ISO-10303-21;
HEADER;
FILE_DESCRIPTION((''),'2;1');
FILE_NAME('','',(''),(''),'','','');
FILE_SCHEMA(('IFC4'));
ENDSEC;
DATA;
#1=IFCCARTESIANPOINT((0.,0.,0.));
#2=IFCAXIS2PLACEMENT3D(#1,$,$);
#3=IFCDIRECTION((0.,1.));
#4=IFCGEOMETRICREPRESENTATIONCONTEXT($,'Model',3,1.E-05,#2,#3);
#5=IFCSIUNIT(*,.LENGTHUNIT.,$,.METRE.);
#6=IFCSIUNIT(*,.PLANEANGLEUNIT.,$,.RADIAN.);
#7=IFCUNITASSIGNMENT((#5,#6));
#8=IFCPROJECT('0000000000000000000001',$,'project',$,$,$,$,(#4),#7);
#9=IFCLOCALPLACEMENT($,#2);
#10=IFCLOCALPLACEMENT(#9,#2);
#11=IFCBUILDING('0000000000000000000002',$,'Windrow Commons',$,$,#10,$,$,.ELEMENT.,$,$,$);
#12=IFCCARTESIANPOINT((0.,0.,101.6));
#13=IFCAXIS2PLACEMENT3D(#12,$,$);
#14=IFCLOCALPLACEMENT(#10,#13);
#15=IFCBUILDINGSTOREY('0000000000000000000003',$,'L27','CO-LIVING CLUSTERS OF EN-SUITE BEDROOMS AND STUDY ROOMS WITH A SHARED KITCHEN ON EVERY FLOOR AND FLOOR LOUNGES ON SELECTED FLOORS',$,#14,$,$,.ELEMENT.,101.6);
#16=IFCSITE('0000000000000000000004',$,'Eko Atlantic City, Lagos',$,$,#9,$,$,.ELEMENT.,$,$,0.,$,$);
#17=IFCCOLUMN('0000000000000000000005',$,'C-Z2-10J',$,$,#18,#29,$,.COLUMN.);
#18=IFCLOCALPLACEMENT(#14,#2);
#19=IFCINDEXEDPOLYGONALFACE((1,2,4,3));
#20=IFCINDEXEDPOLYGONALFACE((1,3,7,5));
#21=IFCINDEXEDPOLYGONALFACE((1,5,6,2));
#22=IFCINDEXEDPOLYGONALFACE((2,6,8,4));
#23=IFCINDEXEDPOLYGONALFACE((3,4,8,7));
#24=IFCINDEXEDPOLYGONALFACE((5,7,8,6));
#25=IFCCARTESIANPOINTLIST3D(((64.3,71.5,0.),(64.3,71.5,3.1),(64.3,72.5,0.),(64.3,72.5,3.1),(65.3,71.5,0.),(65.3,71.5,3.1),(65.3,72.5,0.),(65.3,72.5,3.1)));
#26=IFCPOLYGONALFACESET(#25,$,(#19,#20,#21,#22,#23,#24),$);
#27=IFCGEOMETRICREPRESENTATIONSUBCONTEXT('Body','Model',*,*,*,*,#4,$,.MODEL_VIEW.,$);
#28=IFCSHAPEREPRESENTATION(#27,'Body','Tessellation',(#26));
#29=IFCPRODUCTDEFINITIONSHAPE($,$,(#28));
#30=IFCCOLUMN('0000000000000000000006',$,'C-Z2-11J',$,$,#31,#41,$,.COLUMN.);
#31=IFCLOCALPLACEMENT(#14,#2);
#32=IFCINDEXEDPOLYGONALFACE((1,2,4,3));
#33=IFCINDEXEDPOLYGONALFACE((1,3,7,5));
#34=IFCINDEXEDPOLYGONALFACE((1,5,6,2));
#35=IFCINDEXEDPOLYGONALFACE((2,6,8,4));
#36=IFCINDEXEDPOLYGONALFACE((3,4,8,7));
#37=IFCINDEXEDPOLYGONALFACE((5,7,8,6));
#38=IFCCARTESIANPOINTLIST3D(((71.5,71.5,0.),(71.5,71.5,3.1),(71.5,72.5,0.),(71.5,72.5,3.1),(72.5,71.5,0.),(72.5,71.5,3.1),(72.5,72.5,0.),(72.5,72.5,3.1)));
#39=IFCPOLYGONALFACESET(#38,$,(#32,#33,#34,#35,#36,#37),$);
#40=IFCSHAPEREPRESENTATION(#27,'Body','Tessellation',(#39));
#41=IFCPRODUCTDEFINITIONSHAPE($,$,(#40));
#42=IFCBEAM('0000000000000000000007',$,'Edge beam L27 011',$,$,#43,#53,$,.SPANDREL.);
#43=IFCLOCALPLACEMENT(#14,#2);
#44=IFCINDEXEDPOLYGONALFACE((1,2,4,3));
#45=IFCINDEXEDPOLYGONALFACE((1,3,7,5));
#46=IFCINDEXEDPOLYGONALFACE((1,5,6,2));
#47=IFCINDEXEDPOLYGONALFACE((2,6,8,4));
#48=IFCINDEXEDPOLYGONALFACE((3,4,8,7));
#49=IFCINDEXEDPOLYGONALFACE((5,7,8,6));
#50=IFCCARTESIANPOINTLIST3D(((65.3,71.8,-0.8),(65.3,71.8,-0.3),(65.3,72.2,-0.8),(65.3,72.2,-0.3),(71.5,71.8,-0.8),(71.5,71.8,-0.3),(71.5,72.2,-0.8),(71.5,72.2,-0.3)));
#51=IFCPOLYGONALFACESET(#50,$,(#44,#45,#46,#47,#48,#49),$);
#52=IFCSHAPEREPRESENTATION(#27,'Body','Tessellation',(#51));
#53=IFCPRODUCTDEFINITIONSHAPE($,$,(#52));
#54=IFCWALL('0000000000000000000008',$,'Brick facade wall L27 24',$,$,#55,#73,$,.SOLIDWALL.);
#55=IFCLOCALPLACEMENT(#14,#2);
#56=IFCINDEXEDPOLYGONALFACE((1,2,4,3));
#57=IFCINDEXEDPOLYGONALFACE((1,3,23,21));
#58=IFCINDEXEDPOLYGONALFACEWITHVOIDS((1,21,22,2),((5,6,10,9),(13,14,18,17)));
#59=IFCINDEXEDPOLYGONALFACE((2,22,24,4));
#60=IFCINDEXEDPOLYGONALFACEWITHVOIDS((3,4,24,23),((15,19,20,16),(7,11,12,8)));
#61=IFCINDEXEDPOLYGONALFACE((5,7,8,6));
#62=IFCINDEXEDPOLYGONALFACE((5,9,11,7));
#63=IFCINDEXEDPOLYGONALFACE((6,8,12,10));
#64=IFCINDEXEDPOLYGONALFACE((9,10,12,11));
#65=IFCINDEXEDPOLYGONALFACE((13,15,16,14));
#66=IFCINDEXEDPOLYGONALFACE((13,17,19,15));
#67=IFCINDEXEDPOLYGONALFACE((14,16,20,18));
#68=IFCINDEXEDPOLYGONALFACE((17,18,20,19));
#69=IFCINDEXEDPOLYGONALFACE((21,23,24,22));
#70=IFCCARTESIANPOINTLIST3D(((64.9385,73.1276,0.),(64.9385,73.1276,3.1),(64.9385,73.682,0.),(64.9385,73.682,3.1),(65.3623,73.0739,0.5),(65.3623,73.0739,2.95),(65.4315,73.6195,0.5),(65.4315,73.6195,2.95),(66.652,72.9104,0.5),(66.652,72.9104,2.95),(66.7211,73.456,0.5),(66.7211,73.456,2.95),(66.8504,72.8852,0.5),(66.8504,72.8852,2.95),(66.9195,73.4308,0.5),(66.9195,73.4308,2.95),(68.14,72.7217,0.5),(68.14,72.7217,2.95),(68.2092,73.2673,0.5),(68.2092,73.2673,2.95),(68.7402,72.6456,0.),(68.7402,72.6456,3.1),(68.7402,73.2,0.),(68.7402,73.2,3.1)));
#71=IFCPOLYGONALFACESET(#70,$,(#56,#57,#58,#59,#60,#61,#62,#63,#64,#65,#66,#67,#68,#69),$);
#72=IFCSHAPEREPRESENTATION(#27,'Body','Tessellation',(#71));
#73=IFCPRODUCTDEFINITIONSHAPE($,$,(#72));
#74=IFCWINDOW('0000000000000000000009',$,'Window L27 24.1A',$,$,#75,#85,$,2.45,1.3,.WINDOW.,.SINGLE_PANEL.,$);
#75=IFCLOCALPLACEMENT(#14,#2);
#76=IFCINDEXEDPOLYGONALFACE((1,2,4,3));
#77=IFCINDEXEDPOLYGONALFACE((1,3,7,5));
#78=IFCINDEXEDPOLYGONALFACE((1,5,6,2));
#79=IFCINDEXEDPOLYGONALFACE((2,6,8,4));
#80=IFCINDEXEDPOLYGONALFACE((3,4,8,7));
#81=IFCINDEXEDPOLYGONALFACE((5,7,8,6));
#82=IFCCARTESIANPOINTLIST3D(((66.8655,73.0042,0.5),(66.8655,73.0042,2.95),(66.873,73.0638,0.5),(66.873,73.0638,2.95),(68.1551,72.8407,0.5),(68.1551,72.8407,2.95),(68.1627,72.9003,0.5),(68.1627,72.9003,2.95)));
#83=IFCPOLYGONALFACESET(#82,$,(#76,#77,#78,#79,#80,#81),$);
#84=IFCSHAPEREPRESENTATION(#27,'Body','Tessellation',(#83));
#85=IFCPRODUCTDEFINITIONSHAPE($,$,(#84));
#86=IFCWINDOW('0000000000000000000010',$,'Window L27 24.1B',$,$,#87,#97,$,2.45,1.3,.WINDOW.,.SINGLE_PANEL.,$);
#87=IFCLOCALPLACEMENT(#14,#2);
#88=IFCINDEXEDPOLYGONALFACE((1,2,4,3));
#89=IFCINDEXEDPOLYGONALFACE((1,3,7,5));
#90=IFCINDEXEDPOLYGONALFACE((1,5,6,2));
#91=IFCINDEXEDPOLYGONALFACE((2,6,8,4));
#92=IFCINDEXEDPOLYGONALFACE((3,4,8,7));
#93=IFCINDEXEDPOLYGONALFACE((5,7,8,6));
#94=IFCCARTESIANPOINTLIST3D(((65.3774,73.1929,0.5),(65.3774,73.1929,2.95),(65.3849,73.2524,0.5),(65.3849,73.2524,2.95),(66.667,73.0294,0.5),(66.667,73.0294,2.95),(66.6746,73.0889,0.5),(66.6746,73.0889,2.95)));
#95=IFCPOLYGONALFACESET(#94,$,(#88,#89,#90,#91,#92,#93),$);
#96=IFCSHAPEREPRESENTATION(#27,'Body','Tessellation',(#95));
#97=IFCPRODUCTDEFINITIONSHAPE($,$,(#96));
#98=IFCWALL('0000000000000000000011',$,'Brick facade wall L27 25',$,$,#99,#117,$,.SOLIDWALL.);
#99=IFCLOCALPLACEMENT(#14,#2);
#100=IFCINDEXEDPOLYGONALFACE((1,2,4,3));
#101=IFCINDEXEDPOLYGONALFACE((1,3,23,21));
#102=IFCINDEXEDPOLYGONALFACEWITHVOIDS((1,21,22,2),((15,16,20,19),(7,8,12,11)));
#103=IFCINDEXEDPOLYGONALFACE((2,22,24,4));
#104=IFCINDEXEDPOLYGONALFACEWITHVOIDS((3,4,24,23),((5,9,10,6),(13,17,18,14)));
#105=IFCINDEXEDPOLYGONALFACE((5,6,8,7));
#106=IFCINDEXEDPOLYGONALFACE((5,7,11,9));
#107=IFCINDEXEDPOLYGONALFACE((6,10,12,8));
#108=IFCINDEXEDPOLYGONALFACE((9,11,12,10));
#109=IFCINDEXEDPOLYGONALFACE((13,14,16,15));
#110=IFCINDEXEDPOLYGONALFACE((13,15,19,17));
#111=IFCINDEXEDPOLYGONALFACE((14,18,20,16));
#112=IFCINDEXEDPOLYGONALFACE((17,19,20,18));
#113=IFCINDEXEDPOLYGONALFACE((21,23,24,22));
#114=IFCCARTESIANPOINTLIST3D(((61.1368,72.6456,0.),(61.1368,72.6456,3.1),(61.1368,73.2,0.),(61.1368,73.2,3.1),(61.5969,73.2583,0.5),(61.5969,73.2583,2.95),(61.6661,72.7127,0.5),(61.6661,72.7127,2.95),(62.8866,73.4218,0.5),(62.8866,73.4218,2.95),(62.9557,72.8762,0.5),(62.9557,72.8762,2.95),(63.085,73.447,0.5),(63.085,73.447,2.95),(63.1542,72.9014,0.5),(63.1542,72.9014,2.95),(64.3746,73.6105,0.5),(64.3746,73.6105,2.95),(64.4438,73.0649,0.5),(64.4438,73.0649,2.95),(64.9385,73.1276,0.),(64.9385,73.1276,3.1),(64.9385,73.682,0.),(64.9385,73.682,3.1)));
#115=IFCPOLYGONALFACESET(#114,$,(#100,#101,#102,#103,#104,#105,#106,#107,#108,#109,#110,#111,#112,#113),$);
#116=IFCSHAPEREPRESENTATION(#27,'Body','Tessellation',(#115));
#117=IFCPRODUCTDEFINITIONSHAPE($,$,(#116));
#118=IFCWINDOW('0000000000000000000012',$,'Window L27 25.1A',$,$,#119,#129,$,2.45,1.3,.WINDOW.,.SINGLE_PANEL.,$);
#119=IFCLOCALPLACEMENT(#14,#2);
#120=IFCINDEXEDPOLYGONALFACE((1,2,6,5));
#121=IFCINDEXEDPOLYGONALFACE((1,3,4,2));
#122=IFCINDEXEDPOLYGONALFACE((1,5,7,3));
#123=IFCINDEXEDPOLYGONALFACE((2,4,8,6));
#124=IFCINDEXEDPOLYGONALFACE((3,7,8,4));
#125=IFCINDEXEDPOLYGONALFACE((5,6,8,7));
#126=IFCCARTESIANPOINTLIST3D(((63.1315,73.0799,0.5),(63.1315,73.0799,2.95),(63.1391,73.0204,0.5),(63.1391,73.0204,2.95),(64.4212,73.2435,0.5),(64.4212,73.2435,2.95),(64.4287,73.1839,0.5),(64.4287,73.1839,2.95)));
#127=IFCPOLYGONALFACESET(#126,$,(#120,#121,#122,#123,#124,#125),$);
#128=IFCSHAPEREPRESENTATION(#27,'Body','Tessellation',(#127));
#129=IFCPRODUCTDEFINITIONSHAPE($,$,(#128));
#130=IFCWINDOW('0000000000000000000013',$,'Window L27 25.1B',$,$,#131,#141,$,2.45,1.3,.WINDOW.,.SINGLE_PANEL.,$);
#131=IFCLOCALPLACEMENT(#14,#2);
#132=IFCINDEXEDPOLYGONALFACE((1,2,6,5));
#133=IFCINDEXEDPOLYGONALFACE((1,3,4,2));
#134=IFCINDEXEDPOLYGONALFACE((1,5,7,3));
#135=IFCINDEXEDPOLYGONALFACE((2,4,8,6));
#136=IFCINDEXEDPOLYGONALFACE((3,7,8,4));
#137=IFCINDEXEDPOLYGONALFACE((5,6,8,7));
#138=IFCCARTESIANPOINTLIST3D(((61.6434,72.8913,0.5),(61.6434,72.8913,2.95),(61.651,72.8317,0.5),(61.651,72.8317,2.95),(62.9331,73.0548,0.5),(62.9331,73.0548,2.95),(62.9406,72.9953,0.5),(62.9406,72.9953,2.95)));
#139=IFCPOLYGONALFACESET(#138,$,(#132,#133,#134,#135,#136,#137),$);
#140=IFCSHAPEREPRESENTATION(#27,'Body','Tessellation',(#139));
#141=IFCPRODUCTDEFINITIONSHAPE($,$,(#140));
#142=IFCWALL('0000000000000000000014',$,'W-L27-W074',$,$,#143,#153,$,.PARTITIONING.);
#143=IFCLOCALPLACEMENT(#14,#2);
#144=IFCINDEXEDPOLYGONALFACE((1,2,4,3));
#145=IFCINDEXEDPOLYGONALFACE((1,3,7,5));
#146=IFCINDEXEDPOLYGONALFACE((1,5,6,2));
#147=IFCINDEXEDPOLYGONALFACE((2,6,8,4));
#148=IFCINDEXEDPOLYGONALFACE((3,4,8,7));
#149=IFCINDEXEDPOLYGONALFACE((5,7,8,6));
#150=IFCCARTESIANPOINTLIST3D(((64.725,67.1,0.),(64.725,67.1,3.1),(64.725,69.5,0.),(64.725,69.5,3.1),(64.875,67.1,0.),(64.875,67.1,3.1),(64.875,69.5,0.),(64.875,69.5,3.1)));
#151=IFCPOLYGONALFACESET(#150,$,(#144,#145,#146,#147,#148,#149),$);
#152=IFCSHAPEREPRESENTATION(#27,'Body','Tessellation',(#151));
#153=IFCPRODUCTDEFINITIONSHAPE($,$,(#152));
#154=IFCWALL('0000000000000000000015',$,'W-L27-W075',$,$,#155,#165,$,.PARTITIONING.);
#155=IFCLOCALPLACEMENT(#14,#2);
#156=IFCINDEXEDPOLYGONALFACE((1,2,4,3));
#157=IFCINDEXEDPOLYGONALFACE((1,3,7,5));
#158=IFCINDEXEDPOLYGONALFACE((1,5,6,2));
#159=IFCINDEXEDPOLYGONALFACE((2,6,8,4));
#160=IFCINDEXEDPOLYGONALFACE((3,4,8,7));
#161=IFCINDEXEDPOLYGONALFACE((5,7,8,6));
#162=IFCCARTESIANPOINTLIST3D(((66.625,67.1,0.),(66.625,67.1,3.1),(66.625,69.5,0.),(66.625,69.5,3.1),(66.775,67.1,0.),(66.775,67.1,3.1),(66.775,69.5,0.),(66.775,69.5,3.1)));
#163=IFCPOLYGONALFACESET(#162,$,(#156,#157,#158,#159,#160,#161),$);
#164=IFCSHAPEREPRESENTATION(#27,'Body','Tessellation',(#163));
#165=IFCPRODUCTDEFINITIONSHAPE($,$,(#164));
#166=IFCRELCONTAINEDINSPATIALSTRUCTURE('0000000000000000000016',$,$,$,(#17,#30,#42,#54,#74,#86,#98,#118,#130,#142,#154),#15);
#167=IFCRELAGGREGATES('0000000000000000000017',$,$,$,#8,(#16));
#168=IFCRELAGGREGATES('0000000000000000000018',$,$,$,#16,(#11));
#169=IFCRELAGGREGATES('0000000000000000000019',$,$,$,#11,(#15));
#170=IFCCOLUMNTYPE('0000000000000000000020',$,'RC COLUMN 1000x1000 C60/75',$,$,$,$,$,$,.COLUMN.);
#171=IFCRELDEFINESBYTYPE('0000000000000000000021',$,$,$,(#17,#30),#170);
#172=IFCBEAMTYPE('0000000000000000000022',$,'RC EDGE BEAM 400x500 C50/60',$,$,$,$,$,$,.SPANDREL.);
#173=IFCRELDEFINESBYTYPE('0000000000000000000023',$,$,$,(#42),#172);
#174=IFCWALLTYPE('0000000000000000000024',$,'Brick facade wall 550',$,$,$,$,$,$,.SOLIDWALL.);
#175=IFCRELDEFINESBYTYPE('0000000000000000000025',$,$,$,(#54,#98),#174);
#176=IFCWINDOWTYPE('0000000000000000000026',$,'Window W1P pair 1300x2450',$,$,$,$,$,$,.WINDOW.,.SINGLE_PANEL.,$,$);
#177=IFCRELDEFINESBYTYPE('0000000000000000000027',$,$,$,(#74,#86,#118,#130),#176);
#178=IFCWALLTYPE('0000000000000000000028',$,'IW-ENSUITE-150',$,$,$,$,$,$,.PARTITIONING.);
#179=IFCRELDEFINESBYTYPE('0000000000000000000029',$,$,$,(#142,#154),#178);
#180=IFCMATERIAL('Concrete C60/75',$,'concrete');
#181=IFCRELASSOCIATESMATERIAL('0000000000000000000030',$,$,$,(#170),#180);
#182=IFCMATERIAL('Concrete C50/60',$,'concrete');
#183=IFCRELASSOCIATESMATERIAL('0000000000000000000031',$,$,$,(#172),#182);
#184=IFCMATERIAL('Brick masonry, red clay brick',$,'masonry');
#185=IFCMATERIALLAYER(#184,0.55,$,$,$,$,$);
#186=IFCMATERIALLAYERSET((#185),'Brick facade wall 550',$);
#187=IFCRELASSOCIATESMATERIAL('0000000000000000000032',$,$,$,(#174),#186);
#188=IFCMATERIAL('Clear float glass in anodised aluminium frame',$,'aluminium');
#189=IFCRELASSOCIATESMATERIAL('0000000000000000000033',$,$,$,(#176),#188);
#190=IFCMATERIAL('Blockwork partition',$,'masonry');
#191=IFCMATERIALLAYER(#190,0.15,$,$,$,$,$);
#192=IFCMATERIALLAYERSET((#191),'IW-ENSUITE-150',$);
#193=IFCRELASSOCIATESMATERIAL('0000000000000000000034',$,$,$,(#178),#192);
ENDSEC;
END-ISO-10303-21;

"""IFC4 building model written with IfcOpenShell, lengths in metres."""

from ifc_helpers import new_model, si_unit, direction, frame, frame_2d, origin, origin_2d, place, context, subcontext, project, spatial, polyline, rectangle, outline, extrude, material, layer, layer_set, material_profile, profile_set, type_object, element, fill, save


model = new_model("IFC4")

# Units and contexts
model_context = context("Model", 3, precision=1e-05, world=origin(), true_north=direction((0.0, 1.0)))
body_context = subcontext(model_context, "Body", "Model", "MODEL_VIEW")
ifc_project = project(units=[si_unit("LENGTHUNIT", "METRE"), si_unit("PLANEANGLEUNIT", "RADIAN")], contexts=[model_context])

# Site, building, storey
site_placement = place(None, origin())
site = spatial("IfcSite", under=ifc_project, at=site_placement, Name="Eko Atlantic City, Lagos", CompositionType="ELEMENT", RefElevation=0.0)
building_placement = place(site_placement, origin())
building = spatial("IfcBuilding", under=site, at=building_placement, Name="Windrow Commons", CompositionType="ELEMENT")
storey_placement = place(building_placement, frame((0.0, 0.0, 101.6)))
storey = spatial("IfcBuildingStorey", under=building, at=storey_placement, Name="L27", Description="CO-LIVING CLUSTERS OF EN-SUITE BEDROOMS AND STUDY ROOMS WITH A SHARED KITCHEN ON EVERY FLOOR AND FLOOR LOUNGES ON SELECTED FLOORS", CompositionType="ELEMENT", Elevation=101.6)

# Columns
ifc_material_1 = material(Name="Concrete C60/75", Category="concrete")
ifc_material_profile_1 = material_profile(ifc_material_1, rectangle(XDim=1.0, YDim=1.0, at=origin_2d()))
ifc_profile_set_1 = profile_set([ifc_material_profile_1], Name="Concrete C60/75")
column_type = type_object("IfcColumnType", Name="RC COLUMN 1000x1000 C60/75", PredefinedType="COLUMN", material=ifc_profile_set_1)
for number, where, z_axis, x_axis, name in (
    (1, (64.8, 72.0, 0.0), (0.0, 0.0, 1.0), (1.0, 0.0, 0.0), "C-Z2-10J"),
    (2, (72.0, 72.0, 0.0), (0.0, 0.0, 1.0), (1.0, 0.0, 0.0), "C-Z2-11J"),
):
    element("IfcColumn", number, at=place(storey_placement, frame(where, z_axis=z_axis, x_axis=x_axis)), inside=storey, type_object=column_type, Name=name, PredefinedType="COLUMN", context=body_context, shape_type="SweptSolid", body=[
        extrude(rectangle(XDim=1.0, YDim=1.0, at=origin_2d()), origin(), (0.0, 0.0, 1.0), 3.1),
    ])

# Beam
ifc_material_2 = material(Name="Concrete C50/60", Category="concrete")
ifc_material_profile_2 = material_profile(ifc_material_2, rectangle(XDim=0.4, YDim=0.5, at=origin_2d()))
ifc_profile_set_2 = profile_set([ifc_material_profile_2], Name="Concrete C50/60")
beam_type = type_object("IfcBeamType", Name="RC EDGE BEAM 400x500 C50/60", PredefinedType="SPANDREL", material=ifc_profile_set_2)
beam_placement = place(storey_placement, frame((65.3, 72.0, -0.55), z_axis=(1.0, 0.0, 0.0), x_axis=(0.0, 1.0, 0.0)))
element("IfcBeam", 3, at=beam_placement, inside=storey, type_object=beam_type, Name="Edge beam L27 011", PredefinedType="SPANDREL", context=body_context, shape_type="SweptSolid", body=[
    extrude(rectangle(XDim=0.4, YDim=0.5, at=origin_2d()), origin(), (0.0, 0.0, 1.0), 6.2),
])

# Walls, openings, windows
ifc_material_3 = material(Name="Brick masonry, red clay brick", Category="masonry")
ifc_layer_1 = layer(ifc_material_3, 0.55)
ifc_layer_set_1 = layer_set([ifc_layer_1], Name="Brick facade wall 550")
wall_type_1 = type_object("IfcWallType", Name="Brick facade wall 550", PredefinedType="SOLIDWALL", material=ifc_layer_set_1)
wall_1_placement = place(storey_placement, frame((68.7402, 72.9228, 0.0), z_axis=(0.0, 0.0, 1.0), x_axis=(-0.992058, 0.125779, 0.0)))
wall_1 = element("IfcWall", 4, at=wall_1_placement, inside=storey, type_object=wall_type_1, Name="Brick facade wall L27 24", PredefinedType="SOLIDWALL", context=body_context, shape_type="SweptSolid", body=[
    extrude(outline(polyline([(0.0349, -0.275), (3.867, -0.275), (3.7973, 0.275), (-0.0349, 0.275), (0.0349, -0.275)])), origin(), (0.0, 0.0, 1.0), 3.1),
])
opening_1_placement = place(wall_1_placement, frame((0.5701, 0.0, 0.5)))
opening_1 = element("IfcOpeningElement", 5, at=opening_1_placement, cuts=wall_1, PredefinedType="OPENING", context=body_context, shape_type="SweptSolid", body=[
    extrude(rectangle(XDim=1.3, YDim=2.45, at=frame_2d((0.65, 1.225))), frame((0.0, 0.285, 0.0), z_axis=(0.0, -1.0, 0.0), x_axis=(1.0, 0.0, 0.0)), (0.0, 0.0, 1.0), 0.57),
])
opening_2_placement = place(wall_1_placement, frame((2.0701, 0.0, 0.5)))
opening_2 = element("IfcOpeningElement", 6, at=opening_2_placement, cuts=wall_1, PredefinedType="OPENING", context=body_context, shape_type="SweptSolid", body=[
    extrude(rectangle(XDim=1.3, YDim=2.45, at=frame_2d((0.65, 1.225))), frame((0.0, 0.285, 0.0), z_axis=(0.0, -1.0, 0.0), x_axis=(1.0, 0.0, 0.0)), (0.0, 0.0, 1.0), 0.57),
])
ifc_material_4 = material(Name="Clear float glass in anodised aluminium frame", Category="aluminium")
window_type = type_object("IfcWindowType", Name="Window W1P pair 1300x2450", PartitioningType="SINGLE_PANEL", PredefinedType="WINDOW", material=ifc_material_4)
window_1_placement = place(opening_1_placement, origin())
window_1 = element("IfcWindow", 7, at=window_1_placement, inside=storey, type_object=window_type, Name="Window L27 24.1A", OverallHeight=2.45, OverallWidth=1.3, PartitioningType="SINGLE_PANEL", PredefinedType="WINDOW", context=body_context, shape_type="SweptSolid", body=[
    extrude(rectangle(XDim=1.3, YDim=2.45, at=frame_2d((0.65, 1.225))), frame((0.0, 0.155, 0.0), z_axis=(0.0, -1.0, 0.0), x_axis=(1.0, 0.0, 0.0)), (0.0, 0.0, 1.0), 0.06),
])
fill(opening_1, window_1)
window_2_placement = place(opening_2_placement, origin())
window_2 = element("IfcWindow", 8, at=window_2_placement, inside=storey, type_object=window_type, Name="Window L27 24.1B", OverallHeight=2.45, OverallWidth=1.3, PartitioningType="SINGLE_PANEL", PredefinedType="WINDOW", context=body_context, shape_type="SweptSolid", body=[
    extrude(rectangle(XDim=1.3, YDim=2.45, at=frame_2d((0.65, 1.225))), frame((0.0, 0.155, 0.0), z_axis=(0.0, -1.0, 0.0), x_axis=(1.0, 0.0, 0.0)), (0.0, 0.0, 1.0), 0.06),
])
fill(opening_2, window_2)
wall_2_placement = place(storey_placement, frame((64.9385, 73.4048, 0.0), z_axis=(0.0, 0.0, 1.0), x_axis=(-0.992058, -0.125779, 0.0)))
wall_2 = element("IfcWall", 9, at=wall_2_placement, inside=storey, type_object=wall_type_1, Name="Brick facade wall L27 25", PredefinedType="SOLIDWALL", context=body_context, shape_type="SweptSolid", body=[
    extrude(outline(polyline([(-0.0349, -0.275), (3.7973, -0.275), (3.867, 0.275), (0.0349, 0.275), (-0.0349, -0.275)])), origin(), (0.0, 0.0, 1.0), 3.1),
])
opening_3_placement = place(wall_2_placement, frame((0.5335, 0.0, 0.5)))
opening_3 = element("IfcOpeningElement", 10, at=opening_3_placement, cuts=wall_2, PredefinedType="OPENING", context=body_context, shape_type="SweptSolid", body=[
    extrude(rectangle(XDim=1.3, YDim=2.45, at=frame_2d((0.65, 1.225))), frame((0.0, 0.285, 0.0), z_axis=(0.0, -1.0, 0.0), x_axis=(1.0, 0.0, 0.0)), (0.0, 0.0, 1.0), 0.57),
])
opening_4_placement = place(wall_2_placement, frame((2.0335, 0.0, 0.5)))
opening_4 = element("IfcOpeningElement", 11, at=opening_4_placement, cuts=wall_2, PredefinedType="OPENING", context=body_context, shape_type="SweptSolid", body=[
    extrude(rectangle(XDim=1.3, YDim=2.45, at=frame_2d((0.65, 1.225))), frame((0.0, 0.285, 0.0), z_axis=(0.0, -1.0, 0.0), x_axis=(1.0, 0.0, 0.0)), (0.0, 0.0, 1.0), 0.57),
])
window_3_placement = place(opening_3_placement, origin())
window_3 = element("IfcWindow", 12, at=window_3_placement, inside=storey, type_object=window_type, Name="Window L27 25.1A", OverallHeight=2.45, OverallWidth=1.3, PartitioningType="SINGLE_PANEL", PredefinedType="WINDOW", context=body_context, shape_type="SweptSolid", body=[
    extrude(rectangle(XDim=1.3, YDim=2.45, at=frame_2d((0.65, 1.225))), frame((0.0, 0.155, 0.0), z_axis=(0.0, -1.0, 0.0), x_axis=(1.0, 0.0, 0.0)), (0.0, 0.0, 1.0), 0.06),
])
fill(opening_3, window_3)
window_4_placement = place(opening_4_placement, origin())
window_4 = element("IfcWindow", 13, at=window_4_placement, inside=storey, type_object=window_type, Name="Window L27 25.1B", OverallHeight=2.45, OverallWidth=1.3, PartitioningType="SINGLE_PANEL", PredefinedType="WINDOW", context=body_context, shape_type="SweptSolid", body=[
    extrude(rectangle(XDim=1.3, YDim=2.45, at=frame_2d((0.65, 1.225))), frame((0.0, 0.155, 0.0), z_axis=(0.0, -1.0, 0.0), x_axis=(1.0, 0.0, 0.0)), (0.0, 0.0, 1.0), 0.06),
])
fill(opening_4, window_4)

# Walls
ifc_material_5 = material(Name="Blockwork partition", Category="masonry")
ifc_layer_2 = layer(ifc_material_5, 0.15)
ifc_layer_set_2 = layer_set([ifc_layer_2], Name="IW-ENSUITE-150")
wall_type_2 = type_object("IfcWallType", Name="IW-ENSUITE-150", PredefinedType="PARTITIONING", material=ifc_layer_set_2)
for number, where, z_axis, x_axis, name in (
    (14, (64.8, 67.1, 0.0), (0.0, 0.0, 1.0), (0.0, 1.0, 0.0), "W-L27-W074"),
    (15, (66.7, 67.1, 0.0), (0.0, 0.0, 1.0), (0.0, 1.0, 0.0), "W-L27-W075"),
):
    element("IfcWall", number, at=place(storey_placement, frame(where, z_axis=z_axis, x_axis=x_axis)), inside=storey, type_object=wall_type_2, Name=name, PredefinedType="PARTITIONING", context=body_context, shape_type="SweptSolid", body=[
        extrude(rectangle(XDim=2.4, YDim=0.15, at=frame_2d((1.2, 0.0))), origin(), (0.0, 0.0, 1.0), 3.1),
    ])

save(model, "model.ifc")
